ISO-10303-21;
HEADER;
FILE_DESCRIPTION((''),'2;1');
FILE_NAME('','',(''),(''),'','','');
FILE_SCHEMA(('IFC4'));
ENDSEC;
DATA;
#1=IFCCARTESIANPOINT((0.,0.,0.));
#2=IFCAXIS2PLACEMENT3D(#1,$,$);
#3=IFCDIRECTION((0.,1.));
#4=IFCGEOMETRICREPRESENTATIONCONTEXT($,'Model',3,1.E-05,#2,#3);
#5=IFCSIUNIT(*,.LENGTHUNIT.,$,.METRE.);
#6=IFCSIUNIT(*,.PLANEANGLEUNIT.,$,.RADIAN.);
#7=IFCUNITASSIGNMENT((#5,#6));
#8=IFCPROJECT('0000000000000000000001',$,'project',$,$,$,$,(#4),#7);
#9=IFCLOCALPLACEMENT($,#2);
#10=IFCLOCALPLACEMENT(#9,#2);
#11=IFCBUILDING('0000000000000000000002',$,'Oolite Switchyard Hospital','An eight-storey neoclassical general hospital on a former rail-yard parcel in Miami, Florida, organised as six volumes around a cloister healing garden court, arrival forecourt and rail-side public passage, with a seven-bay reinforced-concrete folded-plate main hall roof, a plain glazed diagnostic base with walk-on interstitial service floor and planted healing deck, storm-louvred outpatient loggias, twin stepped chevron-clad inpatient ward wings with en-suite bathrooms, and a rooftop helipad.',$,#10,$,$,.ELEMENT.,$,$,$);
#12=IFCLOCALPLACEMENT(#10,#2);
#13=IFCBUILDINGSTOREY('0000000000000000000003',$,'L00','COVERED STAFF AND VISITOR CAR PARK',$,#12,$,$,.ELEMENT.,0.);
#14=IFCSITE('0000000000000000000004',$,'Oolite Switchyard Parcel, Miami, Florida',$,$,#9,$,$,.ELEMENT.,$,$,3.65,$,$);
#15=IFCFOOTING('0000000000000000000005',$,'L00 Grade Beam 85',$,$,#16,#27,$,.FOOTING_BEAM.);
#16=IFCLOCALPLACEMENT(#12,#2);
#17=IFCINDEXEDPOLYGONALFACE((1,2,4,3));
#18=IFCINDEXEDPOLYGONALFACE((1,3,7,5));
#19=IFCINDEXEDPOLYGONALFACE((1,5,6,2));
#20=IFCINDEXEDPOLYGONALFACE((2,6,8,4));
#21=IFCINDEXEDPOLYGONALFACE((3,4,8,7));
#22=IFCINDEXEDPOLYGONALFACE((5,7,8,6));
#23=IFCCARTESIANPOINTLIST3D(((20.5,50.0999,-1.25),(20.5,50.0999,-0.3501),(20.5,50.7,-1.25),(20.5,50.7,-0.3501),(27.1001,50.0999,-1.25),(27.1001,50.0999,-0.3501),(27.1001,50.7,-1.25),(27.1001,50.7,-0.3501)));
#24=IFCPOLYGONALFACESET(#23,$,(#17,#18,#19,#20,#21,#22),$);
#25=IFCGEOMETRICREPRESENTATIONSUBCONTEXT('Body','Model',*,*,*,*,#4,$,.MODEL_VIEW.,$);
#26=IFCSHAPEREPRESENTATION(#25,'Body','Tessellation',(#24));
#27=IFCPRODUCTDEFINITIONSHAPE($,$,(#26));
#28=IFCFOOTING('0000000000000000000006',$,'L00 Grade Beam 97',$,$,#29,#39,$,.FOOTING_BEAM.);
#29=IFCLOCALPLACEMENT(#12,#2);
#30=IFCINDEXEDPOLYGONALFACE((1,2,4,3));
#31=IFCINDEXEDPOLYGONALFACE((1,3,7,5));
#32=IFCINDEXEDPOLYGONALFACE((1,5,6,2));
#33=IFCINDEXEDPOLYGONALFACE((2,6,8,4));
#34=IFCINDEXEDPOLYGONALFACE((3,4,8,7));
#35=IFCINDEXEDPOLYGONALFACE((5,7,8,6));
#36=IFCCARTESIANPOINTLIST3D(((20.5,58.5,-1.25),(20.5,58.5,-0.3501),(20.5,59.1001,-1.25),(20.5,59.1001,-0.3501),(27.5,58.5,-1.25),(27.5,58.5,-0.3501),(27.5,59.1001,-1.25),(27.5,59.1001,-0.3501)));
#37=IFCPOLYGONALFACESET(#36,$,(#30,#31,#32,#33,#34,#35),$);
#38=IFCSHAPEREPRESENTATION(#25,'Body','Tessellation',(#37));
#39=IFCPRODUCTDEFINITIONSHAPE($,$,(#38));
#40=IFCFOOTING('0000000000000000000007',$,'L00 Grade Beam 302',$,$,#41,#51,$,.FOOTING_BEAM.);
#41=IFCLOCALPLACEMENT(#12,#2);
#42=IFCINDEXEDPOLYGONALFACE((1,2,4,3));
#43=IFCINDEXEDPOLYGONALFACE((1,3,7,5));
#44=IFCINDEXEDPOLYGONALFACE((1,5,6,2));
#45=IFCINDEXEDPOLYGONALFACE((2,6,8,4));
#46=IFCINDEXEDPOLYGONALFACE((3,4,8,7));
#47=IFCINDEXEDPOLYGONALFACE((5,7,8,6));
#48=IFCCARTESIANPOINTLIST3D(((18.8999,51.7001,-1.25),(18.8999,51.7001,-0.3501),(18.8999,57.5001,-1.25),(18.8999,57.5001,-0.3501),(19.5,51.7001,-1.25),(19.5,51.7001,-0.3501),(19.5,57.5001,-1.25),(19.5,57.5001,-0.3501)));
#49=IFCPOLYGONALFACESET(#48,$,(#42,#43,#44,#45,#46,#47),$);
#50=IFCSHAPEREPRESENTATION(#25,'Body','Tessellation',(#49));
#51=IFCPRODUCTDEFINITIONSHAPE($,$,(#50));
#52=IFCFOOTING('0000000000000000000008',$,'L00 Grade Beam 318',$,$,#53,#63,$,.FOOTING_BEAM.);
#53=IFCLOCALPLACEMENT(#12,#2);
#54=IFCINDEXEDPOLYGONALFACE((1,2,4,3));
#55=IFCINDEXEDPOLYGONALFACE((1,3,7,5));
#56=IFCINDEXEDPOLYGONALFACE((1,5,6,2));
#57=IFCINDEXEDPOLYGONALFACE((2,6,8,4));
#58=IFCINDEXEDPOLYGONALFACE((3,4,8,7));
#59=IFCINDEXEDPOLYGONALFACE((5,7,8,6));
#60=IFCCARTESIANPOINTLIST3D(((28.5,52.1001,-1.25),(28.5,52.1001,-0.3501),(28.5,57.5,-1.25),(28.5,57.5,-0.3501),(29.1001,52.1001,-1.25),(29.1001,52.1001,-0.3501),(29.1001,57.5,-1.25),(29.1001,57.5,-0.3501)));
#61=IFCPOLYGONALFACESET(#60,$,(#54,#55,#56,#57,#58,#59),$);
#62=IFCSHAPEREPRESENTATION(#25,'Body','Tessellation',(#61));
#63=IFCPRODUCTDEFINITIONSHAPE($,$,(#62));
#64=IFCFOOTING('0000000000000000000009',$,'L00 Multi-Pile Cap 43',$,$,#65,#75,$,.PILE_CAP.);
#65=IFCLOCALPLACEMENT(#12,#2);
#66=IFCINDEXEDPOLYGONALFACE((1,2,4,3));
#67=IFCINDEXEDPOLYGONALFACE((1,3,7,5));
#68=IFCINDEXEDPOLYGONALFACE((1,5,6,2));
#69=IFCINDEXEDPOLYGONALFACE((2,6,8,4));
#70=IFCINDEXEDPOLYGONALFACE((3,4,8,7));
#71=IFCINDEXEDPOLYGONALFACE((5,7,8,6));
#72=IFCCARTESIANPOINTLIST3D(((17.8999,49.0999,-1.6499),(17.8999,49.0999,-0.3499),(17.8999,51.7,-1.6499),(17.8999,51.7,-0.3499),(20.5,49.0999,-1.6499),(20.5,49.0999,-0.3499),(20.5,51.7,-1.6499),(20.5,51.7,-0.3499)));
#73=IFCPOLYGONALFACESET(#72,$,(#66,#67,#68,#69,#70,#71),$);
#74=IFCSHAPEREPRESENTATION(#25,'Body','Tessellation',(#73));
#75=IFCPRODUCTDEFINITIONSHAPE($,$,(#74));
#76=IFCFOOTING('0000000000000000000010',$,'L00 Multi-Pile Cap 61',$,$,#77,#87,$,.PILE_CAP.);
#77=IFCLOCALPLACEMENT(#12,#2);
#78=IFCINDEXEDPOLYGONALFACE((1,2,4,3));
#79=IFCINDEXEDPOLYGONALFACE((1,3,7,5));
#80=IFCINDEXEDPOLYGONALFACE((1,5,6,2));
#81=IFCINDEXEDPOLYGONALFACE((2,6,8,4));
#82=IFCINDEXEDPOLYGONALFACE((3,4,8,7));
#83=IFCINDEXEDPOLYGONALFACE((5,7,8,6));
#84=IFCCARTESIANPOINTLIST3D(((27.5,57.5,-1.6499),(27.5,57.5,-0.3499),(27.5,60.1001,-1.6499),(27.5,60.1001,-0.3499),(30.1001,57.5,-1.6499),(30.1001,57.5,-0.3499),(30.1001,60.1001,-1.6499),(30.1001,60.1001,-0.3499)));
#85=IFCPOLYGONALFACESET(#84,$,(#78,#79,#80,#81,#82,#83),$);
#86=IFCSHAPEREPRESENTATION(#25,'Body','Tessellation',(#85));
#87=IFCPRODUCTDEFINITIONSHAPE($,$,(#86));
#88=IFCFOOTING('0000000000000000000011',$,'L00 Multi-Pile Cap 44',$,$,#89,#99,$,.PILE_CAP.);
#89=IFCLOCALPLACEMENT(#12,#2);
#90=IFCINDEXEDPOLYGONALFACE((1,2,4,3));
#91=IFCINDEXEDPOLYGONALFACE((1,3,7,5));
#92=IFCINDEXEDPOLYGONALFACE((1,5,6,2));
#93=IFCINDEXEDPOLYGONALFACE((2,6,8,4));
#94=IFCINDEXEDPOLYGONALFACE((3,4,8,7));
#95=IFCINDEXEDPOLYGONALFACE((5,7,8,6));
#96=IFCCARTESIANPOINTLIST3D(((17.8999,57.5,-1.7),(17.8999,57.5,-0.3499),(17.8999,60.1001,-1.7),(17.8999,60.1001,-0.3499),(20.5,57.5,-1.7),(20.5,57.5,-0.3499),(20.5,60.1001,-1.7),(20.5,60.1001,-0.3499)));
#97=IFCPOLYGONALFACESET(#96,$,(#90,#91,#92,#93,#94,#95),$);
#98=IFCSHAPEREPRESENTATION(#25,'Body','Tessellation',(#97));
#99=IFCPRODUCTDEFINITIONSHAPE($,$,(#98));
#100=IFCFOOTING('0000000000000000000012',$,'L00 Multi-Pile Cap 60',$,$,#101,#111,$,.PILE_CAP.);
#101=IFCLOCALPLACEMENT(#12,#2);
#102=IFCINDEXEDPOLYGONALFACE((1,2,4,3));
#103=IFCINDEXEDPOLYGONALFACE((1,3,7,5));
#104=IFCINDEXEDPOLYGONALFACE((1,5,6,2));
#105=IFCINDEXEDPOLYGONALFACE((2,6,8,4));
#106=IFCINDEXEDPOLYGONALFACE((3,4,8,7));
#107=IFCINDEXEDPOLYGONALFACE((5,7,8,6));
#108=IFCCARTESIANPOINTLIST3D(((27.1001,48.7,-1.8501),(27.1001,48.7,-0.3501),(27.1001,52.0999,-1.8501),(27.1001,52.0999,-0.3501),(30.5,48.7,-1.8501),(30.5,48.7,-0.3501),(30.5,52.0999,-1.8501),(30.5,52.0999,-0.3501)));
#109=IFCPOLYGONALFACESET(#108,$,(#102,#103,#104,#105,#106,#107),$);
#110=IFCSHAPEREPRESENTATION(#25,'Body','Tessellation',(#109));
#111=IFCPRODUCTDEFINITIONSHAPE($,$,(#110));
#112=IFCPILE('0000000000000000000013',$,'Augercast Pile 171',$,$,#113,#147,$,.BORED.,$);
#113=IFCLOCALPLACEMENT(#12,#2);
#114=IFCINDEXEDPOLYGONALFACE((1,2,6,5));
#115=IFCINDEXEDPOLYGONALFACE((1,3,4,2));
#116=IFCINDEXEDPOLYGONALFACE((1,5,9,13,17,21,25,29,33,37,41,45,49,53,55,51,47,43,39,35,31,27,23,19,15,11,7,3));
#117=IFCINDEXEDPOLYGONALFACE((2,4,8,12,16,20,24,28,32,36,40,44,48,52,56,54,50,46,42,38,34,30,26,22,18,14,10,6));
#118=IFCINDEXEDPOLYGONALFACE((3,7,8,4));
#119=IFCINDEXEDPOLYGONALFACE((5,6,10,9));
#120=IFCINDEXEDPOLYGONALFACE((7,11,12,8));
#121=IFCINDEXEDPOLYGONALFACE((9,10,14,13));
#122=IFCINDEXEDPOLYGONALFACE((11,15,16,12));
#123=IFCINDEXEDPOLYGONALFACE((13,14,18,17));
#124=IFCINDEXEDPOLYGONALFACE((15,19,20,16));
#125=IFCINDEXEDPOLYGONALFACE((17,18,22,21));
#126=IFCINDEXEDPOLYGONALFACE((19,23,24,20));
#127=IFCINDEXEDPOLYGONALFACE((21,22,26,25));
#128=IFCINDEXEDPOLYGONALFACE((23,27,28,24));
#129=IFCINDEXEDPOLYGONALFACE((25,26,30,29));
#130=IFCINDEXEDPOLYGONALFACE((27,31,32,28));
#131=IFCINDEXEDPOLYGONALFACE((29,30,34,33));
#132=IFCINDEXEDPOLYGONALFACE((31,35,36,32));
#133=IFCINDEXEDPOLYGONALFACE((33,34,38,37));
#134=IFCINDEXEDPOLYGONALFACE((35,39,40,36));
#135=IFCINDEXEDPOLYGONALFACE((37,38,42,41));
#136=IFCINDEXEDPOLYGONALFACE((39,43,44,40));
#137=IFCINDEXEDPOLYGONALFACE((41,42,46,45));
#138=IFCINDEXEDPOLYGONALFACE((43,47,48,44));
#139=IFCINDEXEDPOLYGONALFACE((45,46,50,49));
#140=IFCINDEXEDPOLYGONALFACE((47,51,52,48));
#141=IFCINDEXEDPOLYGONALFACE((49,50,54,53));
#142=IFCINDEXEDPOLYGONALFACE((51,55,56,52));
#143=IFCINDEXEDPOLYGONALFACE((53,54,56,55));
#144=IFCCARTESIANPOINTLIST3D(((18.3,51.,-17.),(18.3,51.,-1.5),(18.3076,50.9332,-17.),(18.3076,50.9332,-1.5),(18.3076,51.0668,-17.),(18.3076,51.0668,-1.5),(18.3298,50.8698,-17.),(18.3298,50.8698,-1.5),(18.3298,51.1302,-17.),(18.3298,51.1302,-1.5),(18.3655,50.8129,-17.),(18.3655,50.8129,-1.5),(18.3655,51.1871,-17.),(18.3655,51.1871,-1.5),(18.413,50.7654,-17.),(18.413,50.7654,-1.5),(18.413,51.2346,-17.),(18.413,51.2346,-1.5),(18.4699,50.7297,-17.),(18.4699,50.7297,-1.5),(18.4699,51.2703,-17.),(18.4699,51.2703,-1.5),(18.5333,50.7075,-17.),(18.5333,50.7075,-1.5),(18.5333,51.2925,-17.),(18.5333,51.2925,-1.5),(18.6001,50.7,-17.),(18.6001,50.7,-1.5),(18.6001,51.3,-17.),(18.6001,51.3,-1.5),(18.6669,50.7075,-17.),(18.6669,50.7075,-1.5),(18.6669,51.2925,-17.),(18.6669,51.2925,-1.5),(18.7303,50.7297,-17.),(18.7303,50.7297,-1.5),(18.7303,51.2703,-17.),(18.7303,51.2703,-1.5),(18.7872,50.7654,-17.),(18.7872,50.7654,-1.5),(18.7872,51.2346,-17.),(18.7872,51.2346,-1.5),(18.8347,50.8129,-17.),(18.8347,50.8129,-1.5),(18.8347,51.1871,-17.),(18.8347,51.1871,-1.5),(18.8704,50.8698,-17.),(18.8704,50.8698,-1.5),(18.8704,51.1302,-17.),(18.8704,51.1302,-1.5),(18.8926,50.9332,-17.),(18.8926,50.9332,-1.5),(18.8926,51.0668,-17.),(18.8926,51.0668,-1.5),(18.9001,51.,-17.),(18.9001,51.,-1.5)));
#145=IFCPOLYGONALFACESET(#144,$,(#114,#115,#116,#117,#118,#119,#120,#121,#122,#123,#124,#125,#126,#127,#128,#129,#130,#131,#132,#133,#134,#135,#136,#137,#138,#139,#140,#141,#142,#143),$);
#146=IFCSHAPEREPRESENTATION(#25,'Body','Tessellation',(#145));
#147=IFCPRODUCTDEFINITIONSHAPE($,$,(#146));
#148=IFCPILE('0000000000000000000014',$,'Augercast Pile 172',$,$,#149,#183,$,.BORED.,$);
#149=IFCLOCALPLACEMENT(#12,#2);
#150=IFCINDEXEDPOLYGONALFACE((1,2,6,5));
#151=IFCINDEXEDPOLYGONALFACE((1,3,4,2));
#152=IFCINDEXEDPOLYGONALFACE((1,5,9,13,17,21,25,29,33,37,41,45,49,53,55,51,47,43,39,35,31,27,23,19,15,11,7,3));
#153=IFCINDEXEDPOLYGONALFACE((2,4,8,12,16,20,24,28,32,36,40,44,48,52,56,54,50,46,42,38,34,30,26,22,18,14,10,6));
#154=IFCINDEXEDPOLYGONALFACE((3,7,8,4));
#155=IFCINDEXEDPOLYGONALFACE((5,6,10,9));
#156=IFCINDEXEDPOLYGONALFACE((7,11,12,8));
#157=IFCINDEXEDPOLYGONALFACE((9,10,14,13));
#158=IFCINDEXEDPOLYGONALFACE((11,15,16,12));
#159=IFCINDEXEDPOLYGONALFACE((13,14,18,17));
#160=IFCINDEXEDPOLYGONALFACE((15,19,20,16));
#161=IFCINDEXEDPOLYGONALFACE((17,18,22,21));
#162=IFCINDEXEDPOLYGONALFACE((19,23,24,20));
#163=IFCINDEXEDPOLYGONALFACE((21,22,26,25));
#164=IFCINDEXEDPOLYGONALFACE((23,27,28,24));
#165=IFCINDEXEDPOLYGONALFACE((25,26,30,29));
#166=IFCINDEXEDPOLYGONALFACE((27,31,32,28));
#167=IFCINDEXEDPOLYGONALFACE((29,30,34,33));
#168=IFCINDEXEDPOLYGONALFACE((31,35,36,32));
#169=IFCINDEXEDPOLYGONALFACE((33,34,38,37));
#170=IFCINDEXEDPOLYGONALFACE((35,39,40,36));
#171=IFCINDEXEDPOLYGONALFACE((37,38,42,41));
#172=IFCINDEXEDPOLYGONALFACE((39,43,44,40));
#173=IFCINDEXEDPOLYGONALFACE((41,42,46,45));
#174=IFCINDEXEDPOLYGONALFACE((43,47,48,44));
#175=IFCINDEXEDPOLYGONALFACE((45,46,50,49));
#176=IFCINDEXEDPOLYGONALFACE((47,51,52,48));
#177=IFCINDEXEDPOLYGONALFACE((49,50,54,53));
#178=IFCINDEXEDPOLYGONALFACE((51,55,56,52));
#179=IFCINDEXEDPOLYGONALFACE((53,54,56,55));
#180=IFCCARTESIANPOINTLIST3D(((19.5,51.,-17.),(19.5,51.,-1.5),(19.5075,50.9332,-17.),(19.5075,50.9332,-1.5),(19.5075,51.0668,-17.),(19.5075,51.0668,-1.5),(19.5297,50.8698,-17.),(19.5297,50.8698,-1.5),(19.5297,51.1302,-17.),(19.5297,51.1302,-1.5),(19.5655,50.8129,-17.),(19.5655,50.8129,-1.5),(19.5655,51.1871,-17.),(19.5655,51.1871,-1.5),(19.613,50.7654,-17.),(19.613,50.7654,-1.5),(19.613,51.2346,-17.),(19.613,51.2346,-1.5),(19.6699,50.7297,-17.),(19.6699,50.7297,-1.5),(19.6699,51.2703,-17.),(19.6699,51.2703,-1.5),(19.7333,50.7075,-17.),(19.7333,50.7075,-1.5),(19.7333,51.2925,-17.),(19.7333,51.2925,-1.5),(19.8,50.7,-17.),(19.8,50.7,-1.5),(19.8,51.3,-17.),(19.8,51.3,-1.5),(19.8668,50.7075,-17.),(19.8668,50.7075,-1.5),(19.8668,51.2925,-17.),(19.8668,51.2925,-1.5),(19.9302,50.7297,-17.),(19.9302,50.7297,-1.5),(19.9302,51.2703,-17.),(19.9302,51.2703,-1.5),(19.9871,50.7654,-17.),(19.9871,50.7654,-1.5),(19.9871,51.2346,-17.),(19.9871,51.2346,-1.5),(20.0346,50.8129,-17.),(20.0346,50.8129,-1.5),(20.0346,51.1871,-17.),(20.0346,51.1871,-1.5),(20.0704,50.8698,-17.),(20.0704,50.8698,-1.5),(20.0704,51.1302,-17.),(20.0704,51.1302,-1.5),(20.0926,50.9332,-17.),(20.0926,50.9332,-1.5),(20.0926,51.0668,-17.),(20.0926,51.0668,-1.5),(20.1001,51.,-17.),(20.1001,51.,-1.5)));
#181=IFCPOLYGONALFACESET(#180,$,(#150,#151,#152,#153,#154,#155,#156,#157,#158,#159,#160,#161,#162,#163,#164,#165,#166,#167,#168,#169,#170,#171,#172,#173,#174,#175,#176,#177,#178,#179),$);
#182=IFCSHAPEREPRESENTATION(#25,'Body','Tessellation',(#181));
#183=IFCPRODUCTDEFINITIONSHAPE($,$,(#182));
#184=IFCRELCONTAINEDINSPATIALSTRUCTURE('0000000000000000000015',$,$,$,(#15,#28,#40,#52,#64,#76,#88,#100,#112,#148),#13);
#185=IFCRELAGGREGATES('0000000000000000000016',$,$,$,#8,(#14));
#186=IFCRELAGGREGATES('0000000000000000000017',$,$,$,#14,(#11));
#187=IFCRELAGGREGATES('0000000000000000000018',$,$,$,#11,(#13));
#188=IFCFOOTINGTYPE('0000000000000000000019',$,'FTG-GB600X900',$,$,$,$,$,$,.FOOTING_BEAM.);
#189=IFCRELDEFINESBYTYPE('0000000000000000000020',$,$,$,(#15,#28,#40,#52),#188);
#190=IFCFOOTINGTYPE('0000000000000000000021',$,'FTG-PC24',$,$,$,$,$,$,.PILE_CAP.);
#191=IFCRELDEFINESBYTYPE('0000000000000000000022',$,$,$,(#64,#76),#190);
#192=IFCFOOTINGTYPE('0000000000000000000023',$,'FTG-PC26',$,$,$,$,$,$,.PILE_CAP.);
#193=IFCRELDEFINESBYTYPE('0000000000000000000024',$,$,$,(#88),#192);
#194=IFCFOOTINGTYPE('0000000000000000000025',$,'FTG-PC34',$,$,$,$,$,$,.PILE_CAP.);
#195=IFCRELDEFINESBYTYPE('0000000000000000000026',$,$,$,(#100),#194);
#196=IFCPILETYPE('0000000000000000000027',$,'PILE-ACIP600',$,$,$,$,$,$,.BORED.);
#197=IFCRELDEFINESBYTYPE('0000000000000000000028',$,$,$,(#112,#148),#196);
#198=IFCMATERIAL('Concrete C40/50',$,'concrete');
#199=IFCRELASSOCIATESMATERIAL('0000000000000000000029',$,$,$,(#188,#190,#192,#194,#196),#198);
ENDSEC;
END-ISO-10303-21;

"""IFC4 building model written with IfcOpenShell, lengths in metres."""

from ifc_helpers import new_model, si_unit, direction, frame, origin, origin_2d, place, context, subcontext, project, spatial, rectangle, circle, extrude, material, material_profile, profile_set, type_object, element, save


model = new_model("IFC4")

# Units and contexts
model_context = context("Model", 3, precision=1e-05, world=origin(), true_north=direction((0.0, 1.0)))
body_context = subcontext(model_context, "Body", "Model", "MODEL_VIEW")
ifc_project = project(units=[si_unit("LENGTHUNIT", "METRE"), si_unit("PLANEANGLEUNIT", "RADIAN")], contexts=[model_context])

# Site, building, storey
site_placement = place(None, origin())
site = spatial("IfcSite", under=ifc_project, at=site_placement, Name="Oolite Switchyard Parcel, Miami, Florida", CompositionType="ELEMENT", RefElevation=3.65)
building_placement = place(site_placement, origin())
building = spatial("IfcBuilding", under=site, at=building_placement, Name="Oolite Switchyard Hospital", Description="An eight-storey neoclassical general hospital on a former rail-yard parcel in Miami, Florida, organised as six volumes around a cloister healing garden court, arrival forecourt and rail-side public passage, with a seven-bay reinforced-concrete folded-plate main hall roof, a plain glazed diagnostic base with walk-on interstitial service floor and planted healing deck, storm-louvred outpatient loggias, twin stepped chevron-clad inpatient ward wings with en-suite bathrooms, and a rooftop helipad.", CompositionType="ELEMENT")
storey_placement = place(building_placement, origin())
storey = spatial("IfcBuildingStorey", under=building, at=storey_placement, Name="L00", Description="COVERED STAFF AND VISITOR CAR PARK", CompositionType="ELEMENT", Elevation=0.0)

# Footings
ifc_material_1 = material(Name="Concrete C40/50", Category="concrete")
footing_type_1 = type_object("IfcFootingType", Name="FTG-GB600X900", PredefinedType="FOOTING_BEAM", material=ifc_material_1)
footing_1_placement = place(storey_placement, frame((23.8, 50.3999, -1.25), z_axis=(0.0, 0.0, 1.0), x_axis=(1.0, 0.0, 0.0)))
element("IfcFooting", 1, at=footing_1_placement, inside=storey, type_object=footing_type_1, Name="L00 Grade Beam 85", PredefinedType="FOOTING_BEAM", context=body_context, shape_type="SweptSolid", body=[
    extrude(rectangle(XDim=6.6001, YDim=0.6001, at=origin_2d()), origin(), (0.0, 0.0, 1.0), 0.8999),
])
footing_2_placement = place(storey_placement, frame((24.0, 58.8, -1.25), z_axis=(0.0, 0.0, 1.0), x_axis=(1.0, 0.0, 0.0)))
element("IfcFooting", 2, at=footing_2_placement, inside=storey, type_object=footing_type_1, Name="L00 Grade Beam 97", PredefinedType="FOOTING_BEAM", context=body_context, shape_type="SweptSolid", body=[
    extrude(rectangle(XDim=7.0, YDim=0.6001, at=origin_2d()), origin(), (0.0, 0.0, 1.0), 0.8999),
])
footing_3_placement = place(storey_placement, frame((19.2, 54.6001, -1.25), z_axis=(0.0, 0.0, 1.0), x_axis=(0.0, 1.0, 0.0)))
element("IfcFooting", 3, at=footing_3_placement, inside=storey, type_object=footing_type_1, Name="L00 Grade Beam 302", PredefinedType="FOOTING_BEAM", context=body_context, shape_type="SweptSolid", body=[
    extrude(rectangle(XDim=5.8, YDim=0.6001, at=origin_2d()), origin(), (0.0, 0.0, 1.0), 0.8999),
])
footing_4_placement = place(storey_placement, frame((28.8, 54.8, -1.25), z_axis=(0.0, 0.0, 1.0), x_axis=(0.0, 1.0, 0.0)))
element("IfcFooting", 4, at=footing_4_placement, inside=storey, type_object=footing_type_1, Name="L00 Grade Beam 318", PredefinedType="FOOTING_BEAM", context=body_context, shape_type="SweptSolid", body=[
    extrude(rectangle(XDim=5.3999, YDim=0.6001, at=origin_2d()), origin(), (0.0, 0.0, 1.0), 0.8999),
])
footing_type_2 = type_object("IfcFootingType", Name="FTG-PC24", PredefinedType="PILE_CAP", material=ifc_material_1)
for number, where, z_axis, x_axis, name in (
    (5, (19.2, 50.3999, -1.6499), (0.0, 0.0, 1.0), (1.0, 0.0, 0.0), "L00 Multi-Pile Cap 43"),
    (6, (28.8, 58.8, -1.6499), (0.0, 0.0, 1.0), (1.0, 0.0, 0.0), "L00 Multi-Pile Cap 61"),
):
    element("IfcFooting", number, at=place(storey_placement, frame(where, z_axis=z_axis, x_axis=x_axis)), inside=storey, type_object=footing_type_2, Name=name, PredefinedType="PILE_CAP", context=body_context, shape_type="SweptSolid", body=[
        extrude(rectangle(XDim=2.6001, YDim=2.6001, at=origin_2d()), origin(), (0.0, 0.0, 1.0), 1.3),
    ])
footing_type_3 = type_object("IfcFootingType", Name="FTG-PC26", PredefinedType="PILE_CAP", material=ifc_material_1)
footing_5_placement = place(storey_placement, frame((19.2, 58.8, -1.7), z_axis=(0.0, 0.0, 1.0), x_axis=(1.0, 0.0, 0.0)))
element("IfcFooting", 7, at=footing_5_placement, inside=storey, type_object=footing_type_3, Name="L00 Multi-Pile Cap 44", PredefinedType="PILE_CAP", context=body_context, shape_type="SweptSolid", body=[
    extrude(rectangle(XDim=2.6001, YDim=2.6001, at=origin_2d()), origin(), (0.0, 0.0, 1.0), 1.3501),
])
footing_type_4 = type_object("IfcFootingType", Name="FTG-PC34", PredefinedType="PILE_CAP", material=ifc_material_1)
footing_6_placement = place(storey_placement, frame((28.8, 50.3999, -1.8501), z_axis=(0.0, 0.0, 1.0), x_axis=(1.0, 0.0, 0.0)))
element("IfcFooting", 8, at=footing_6_placement, inside=storey, type_object=footing_type_4, Name="L00 Multi-Pile Cap 60", PredefinedType="PILE_CAP", context=body_context, shape_type="SweptSolid", body=[
    extrude(rectangle(XDim=3.3999, YDim=3.3999, at=origin_2d()), origin(), (0.0, 0.0, 1.0), 1.5),
])

# Piles
ifc_material_profile_1 = material_profile(ifc_material_1, circle(Radius=0.3, at=origin_2d()), Name="PILE600")
ifc_profile_set_1 = profile_set([ifc_material_profile_1], Name="Concrete C40/50")
pile_type = type_object("IfcPileType", Name="PILE-ACIP600", PredefinedType="BORED", material=ifc_profile_set_1)
for number, where, z_axis, x_axis, name in (
    (9, (18.6001, 51.0, -1.5), (0.0, 0.0, -1.0), (1.0, 0.0, 0.0), "Augercast Pile 171"),
    (10, (19.8, 51.0, -1.5), (0.0, 0.0, -1.0), (1.0, 0.0, 0.0), "Augercast Pile 172"),
):
    element("IfcPile", number, at=place(storey_placement, frame(where, z_axis=z_axis, x_axis=x_axis)), inside=storey, type_object=pile_type, Name=name, PredefinedType="BORED", context=body_context, shape_type="SweptSolid", body=[
        extrude(circle(Radius=0.3, at=origin_2d()), origin(), (0.0, 0.0, 1.0), 15.5),
    ])

save(model, "model.ifc")
